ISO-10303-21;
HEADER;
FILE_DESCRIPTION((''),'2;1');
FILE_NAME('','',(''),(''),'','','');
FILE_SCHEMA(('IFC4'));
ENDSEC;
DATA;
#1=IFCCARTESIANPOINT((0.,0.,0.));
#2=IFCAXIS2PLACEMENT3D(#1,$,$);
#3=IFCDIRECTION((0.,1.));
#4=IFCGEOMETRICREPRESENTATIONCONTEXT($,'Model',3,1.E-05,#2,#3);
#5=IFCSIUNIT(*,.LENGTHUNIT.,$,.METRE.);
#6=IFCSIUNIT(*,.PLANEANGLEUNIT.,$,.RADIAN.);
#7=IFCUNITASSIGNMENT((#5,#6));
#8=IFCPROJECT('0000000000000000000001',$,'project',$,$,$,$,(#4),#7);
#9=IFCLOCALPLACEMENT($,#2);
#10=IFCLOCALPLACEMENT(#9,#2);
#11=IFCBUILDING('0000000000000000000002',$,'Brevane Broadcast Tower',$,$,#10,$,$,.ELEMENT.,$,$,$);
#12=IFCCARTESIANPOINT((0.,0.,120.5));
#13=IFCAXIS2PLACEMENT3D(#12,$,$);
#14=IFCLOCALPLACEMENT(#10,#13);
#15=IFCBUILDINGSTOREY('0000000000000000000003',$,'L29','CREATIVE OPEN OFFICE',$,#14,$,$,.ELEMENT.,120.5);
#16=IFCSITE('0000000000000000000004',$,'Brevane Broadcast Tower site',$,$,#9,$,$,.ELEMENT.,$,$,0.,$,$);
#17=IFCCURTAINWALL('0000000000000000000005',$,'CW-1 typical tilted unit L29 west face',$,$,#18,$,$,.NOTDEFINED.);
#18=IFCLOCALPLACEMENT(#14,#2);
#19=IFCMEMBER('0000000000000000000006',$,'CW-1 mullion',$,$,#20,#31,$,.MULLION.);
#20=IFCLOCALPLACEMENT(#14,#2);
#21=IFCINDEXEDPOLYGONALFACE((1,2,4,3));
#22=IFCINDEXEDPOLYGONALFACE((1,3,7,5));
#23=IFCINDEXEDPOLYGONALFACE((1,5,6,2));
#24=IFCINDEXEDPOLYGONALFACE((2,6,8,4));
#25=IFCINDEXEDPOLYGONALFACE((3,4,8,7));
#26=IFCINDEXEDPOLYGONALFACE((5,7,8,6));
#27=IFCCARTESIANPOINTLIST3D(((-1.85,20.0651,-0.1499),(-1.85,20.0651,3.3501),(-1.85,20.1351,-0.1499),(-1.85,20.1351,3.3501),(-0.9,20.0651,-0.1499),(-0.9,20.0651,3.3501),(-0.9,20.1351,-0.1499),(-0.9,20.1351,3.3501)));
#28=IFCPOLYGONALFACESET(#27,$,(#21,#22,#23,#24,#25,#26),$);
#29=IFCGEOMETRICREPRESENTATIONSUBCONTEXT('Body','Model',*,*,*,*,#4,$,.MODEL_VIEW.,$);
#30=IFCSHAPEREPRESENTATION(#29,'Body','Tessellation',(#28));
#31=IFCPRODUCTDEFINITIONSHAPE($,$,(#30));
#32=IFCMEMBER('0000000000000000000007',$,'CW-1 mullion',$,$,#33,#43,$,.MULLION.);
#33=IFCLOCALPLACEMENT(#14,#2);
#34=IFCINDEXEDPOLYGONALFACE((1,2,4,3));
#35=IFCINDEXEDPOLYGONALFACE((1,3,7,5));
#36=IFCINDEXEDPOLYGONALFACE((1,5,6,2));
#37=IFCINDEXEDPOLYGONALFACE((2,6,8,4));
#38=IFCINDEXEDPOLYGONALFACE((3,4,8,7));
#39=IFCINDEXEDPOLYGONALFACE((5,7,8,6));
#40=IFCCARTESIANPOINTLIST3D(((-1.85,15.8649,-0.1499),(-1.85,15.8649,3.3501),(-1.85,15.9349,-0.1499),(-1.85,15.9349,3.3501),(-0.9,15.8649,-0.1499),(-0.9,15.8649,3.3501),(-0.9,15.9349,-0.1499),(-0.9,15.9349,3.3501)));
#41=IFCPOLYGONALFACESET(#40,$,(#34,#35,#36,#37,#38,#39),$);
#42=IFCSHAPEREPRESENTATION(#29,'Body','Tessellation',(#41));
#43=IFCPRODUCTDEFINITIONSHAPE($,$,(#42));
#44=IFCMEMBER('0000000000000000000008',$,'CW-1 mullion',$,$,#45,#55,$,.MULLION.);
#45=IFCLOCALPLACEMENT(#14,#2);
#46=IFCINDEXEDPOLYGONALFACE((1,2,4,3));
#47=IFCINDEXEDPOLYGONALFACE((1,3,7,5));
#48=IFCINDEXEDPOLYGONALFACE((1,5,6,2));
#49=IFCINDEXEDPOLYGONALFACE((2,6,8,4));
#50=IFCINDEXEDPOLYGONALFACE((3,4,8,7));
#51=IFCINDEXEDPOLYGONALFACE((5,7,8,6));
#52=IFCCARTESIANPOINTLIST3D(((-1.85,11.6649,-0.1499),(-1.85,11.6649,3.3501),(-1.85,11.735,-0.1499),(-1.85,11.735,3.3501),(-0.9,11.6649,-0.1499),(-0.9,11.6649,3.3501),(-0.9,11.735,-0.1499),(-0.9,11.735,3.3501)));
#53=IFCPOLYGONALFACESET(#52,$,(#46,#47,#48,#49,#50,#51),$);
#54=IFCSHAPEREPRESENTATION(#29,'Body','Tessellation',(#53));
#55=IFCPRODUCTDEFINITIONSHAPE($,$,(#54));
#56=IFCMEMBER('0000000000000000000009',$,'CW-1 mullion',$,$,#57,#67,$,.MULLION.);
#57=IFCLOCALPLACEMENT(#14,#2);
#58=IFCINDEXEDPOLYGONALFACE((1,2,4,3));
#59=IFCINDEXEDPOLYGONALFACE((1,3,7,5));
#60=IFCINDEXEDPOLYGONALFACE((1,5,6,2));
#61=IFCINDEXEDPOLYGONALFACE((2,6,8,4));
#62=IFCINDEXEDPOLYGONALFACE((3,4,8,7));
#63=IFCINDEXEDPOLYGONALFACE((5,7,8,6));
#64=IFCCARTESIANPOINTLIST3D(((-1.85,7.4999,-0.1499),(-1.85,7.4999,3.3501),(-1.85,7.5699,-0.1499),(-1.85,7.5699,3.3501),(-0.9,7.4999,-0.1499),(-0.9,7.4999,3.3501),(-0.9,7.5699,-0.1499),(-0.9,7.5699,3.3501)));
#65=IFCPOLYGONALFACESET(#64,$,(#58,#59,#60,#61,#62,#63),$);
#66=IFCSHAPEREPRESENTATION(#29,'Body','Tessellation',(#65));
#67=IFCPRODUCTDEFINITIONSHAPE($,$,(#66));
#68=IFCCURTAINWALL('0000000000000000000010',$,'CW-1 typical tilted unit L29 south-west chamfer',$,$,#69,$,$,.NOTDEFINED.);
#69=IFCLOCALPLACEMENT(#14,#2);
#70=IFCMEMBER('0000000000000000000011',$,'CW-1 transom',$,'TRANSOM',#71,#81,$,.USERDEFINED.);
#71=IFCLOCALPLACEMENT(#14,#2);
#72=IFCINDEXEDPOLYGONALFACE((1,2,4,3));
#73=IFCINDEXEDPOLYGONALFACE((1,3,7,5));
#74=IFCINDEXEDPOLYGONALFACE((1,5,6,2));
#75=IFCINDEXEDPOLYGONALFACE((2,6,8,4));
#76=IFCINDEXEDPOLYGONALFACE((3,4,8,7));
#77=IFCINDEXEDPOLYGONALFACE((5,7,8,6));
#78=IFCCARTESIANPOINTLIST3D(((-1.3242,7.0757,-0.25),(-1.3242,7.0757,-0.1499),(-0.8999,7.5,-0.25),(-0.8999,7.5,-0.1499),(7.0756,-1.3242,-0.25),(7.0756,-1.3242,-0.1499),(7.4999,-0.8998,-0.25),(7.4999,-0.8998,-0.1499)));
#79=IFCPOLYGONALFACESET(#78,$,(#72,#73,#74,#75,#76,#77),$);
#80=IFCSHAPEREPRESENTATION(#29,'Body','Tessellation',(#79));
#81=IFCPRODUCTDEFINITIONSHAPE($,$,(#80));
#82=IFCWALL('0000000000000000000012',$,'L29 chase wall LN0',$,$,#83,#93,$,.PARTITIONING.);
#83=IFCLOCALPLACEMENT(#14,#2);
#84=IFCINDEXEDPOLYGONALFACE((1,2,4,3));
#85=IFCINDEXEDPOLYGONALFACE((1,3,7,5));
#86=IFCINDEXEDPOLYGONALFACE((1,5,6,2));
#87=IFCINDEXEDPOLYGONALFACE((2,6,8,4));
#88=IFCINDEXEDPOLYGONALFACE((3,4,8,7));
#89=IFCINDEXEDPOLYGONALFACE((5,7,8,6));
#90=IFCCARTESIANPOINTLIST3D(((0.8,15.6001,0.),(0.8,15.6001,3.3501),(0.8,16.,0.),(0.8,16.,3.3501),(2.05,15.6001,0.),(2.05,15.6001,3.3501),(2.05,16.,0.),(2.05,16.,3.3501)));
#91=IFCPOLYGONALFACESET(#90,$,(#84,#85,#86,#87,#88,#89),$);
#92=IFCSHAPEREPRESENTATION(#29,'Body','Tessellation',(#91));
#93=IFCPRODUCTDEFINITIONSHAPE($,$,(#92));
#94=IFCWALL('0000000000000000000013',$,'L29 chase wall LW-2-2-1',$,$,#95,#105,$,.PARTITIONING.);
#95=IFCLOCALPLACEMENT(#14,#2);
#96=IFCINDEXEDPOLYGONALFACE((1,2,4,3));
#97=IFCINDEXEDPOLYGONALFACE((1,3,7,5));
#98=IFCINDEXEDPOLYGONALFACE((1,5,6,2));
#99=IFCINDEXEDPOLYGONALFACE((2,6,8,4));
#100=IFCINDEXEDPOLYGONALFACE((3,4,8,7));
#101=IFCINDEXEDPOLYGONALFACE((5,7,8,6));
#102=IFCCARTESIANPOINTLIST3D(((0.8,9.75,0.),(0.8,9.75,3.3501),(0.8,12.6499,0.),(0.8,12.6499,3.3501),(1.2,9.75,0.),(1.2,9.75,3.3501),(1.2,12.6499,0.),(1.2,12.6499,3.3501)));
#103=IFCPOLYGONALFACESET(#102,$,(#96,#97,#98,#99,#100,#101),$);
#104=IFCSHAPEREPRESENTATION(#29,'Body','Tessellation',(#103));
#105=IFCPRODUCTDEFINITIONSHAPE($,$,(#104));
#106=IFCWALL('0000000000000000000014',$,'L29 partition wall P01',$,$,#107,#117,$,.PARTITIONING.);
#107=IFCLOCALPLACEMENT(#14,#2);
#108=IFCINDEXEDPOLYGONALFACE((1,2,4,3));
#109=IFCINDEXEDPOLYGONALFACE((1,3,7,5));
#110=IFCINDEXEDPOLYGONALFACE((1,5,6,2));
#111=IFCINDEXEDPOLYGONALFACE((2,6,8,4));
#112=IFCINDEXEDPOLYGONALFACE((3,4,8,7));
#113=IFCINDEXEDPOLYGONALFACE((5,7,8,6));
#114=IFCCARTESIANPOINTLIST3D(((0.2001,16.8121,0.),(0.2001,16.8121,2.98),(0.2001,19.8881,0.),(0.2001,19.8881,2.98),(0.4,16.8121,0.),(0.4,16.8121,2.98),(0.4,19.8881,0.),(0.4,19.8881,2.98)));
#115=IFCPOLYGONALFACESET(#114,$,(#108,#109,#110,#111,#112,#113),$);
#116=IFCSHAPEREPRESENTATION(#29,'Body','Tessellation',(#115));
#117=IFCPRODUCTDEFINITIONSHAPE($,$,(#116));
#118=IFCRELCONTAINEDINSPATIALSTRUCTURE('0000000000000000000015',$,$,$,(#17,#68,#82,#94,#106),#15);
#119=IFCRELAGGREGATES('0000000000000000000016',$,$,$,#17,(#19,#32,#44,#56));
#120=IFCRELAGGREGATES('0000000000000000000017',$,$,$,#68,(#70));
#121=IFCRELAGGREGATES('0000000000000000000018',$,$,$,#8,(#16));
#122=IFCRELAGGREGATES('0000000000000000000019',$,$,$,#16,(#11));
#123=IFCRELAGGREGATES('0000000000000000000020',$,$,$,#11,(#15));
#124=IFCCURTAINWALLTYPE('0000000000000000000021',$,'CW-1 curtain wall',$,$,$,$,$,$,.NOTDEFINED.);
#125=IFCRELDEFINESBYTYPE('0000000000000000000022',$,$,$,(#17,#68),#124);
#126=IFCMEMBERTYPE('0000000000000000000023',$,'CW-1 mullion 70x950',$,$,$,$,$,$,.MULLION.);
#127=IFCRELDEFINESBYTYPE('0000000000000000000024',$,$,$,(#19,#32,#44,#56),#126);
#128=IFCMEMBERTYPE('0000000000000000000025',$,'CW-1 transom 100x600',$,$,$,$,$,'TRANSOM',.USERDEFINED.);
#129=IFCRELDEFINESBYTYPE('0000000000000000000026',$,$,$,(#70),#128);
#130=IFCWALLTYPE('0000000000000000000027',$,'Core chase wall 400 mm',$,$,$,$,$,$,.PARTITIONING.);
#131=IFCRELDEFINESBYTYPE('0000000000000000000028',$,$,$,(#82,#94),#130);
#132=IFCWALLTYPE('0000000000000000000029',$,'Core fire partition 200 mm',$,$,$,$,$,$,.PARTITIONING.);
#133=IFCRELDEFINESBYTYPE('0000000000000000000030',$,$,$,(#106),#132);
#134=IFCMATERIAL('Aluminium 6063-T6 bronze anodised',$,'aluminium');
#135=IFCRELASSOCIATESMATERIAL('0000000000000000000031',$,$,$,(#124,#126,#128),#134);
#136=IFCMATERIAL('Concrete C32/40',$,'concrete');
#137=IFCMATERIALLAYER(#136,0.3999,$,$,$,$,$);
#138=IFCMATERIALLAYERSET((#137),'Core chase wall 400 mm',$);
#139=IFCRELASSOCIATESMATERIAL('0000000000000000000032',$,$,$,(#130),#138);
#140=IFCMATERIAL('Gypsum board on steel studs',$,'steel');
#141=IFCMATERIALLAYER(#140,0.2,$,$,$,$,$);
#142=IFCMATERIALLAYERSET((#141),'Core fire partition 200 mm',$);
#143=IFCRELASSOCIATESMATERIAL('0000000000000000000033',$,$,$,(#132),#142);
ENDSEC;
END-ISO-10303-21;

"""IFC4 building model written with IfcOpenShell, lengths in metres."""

from ifc_helpers import new_model, si_unit, direction, frame, frame_2d, origin, origin_2d, place, context, subcontext, project, spatial, rectangle, extrude, material, layer, layer_set, material_profile, profile_set, type_object, element, aggregate, save


model = new_model("IFC4")

# Units and contexts
model_context = context("Model", 3, precision=1e-05, world=origin(), true_north=direction((0.0, 1.0)))
body_context = subcontext(model_context, "Body", "Model", "MODEL_VIEW")
ifc_project = project(units=[si_unit("LENGTHUNIT", "METRE"), si_unit("PLANEANGLEUNIT", "RADIAN")], contexts=[model_context])

# Site, building, storey
site_placement = place(None, origin())
site = spatial("IfcSite", under=ifc_project, at=site_placement, Name="Brevane Broadcast Tower site", CompositionType="ELEMENT", RefElevation=0.0)
building_placement = place(site_placement, origin())
building = spatial("IfcBuilding", under=site, at=building_placement, Name="Brevane Broadcast Tower", CompositionType="ELEMENT")
storey_placement = place(building_placement, frame((0.0, 0.0, 120.5)))
storey = spatial("IfcBuildingStorey", under=building, at=storey_placement, Name="L29", Description="CREATIVE OPEN OFFICE", CompositionType="ELEMENT", Elevation=120.5)

# Curtain wall, members
ifc_material_1 = material(Name="Aluminium 6063-T6 bronze anodised", Category="aluminium")
curtain_wall_type = type_object("IfcCurtainWallType", Name="CW-1 curtain wall", PredefinedType="NOTDEFINED", material=ifc_material_1)
curtain_wall_1_placement = place(storey_placement, origin())
curtain_wall_1 = element("IfcCurtainWall", 1, at=curtain_wall_1_placement, inside=storey, type_object=curtain_wall_type, Name="CW-1 typical tilted unit L29 west face", PredefinedType="NOTDEFINED")
ifc_material_profile_1 = material_profile(ifc_material_1, rectangle(XDim=0.95, YDim=0.0701, at=origin_2d()), Name="RECT 70x950")
ifc_profile_set_1 = profile_set([ifc_material_profile_1], Name="Aluminium 6063-T6 bronze anodised")
member_type_1 = type_object("IfcMemberType", Name="CW-1 mullion 70x950", PredefinedType="MULLION", material=ifc_profile_set_1)
member_1_placement = place(storey_placement, frame((-1.375, 20.1001, -0.1499), z_axis=(0.0, 0.0, 1.0), x_axis=(1.0, 0.0, 0.0)))
member_1 = element("IfcMember", 2, at=member_1_placement, type_object=member_type_1, Name="CW-1 mullion", PredefinedType="MULLION", context=body_context, shape_type="SweptSolid", body=[
    extrude(rectangle(XDim=0.95, YDim=0.0701, at=origin_2d()), origin(), (0.0, 0.0, 1.0), 3.5),
])
member_2_placement = place(storey_placement, frame((-1.375, 15.8999, -0.1499), z_axis=(0.0, 0.0, 1.0), x_axis=(1.0, 0.0, 0.0)))
member_2 = element("IfcMember", 3, at=member_2_placement, type_object=member_type_1, Name="CW-1 mullion", PredefinedType="MULLION", context=body_context, shape_type="SweptSolid", body=[
    extrude(rectangle(XDim=0.95, YDim=0.0701, at=origin_2d()), origin(), (0.0, 0.0, 1.0), 3.5),
])
member_3_placement = place(storey_placement, frame((-1.375, 11.7, -0.1499), z_axis=(0.0, 0.0, 1.0), x_axis=(1.0, 0.0, 0.0)))
member_3 = element("IfcMember", 4, at=member_3_placement, type_object=member_type_1, Name="CW-1 mullion", PredefinedType="MULLION", context=body_context, shape_type="SweptSolid", body=[
    extrude(rectangle(XDim=0.95, YDim=0.0701, at=origin_2d()), origin(), (0.0, 0.0, 1.0), 3.5),
])
member_4_placement = place(storey_placement, frame((-1.375, 7.5349, -0.1499), z_axis=(0.0, 0.0, 1.0), x_axis=(1.0, 0.0, 0.0)))
member_4 = element("IfcMember", 5, at=member_4_placement, type_object=member_type_1, Name="CW-1 mullion", PredefinedType="MULLION", context=body_context, shape_type="SweptSolid", body=[
    extrude(rectangle(XDim=0.95, YDim=0.0701, at=origin_2d()), origin(), (0.0, 0.0, 1.0), 3.5),
])
aggregate(curtain_wall_1, [member_1, member_2, member_3, member_4])

# Curtain wall, member
curtain_wall_2_placement = place(storey_placement, origin())
curtain_wall_2 = element("IfcCurtainWall", 6, at=curtain_wall_2_placement, inside=storey, type_object=curtain_wall_type, Name="CW-1 typical tilted unit L29 south-west chamfer", PredefinedType="NOTDEFINED")
ifc_material_profile_2 = material_profile(ifc_material_1, rectangle(XDim=0.6001, YDim=0.1001, at=origin_2d()), Name="RECT 100x600")
ifc_profile_set_2 = profile_set([ifc_material_profile_2], Name="Aluminium 6063-T6 bronze anodised")
member_type_2 = type_object("IfcMemberType", Name="CW-1 transom 100x600", ElementType="TRANSOM", PredefinedType="USERDEFINED", material=ifc_profile_set_2)
member_5_placement = place(storey_placement, frame((-1.1121, 7.2878, -0.2), z_axis=(0.707107, -0.707107, 0.0), x_axis=(0.707107, 0.707107, 0.0)))
member_5 = element("IfcMember", 7, at=member_5_placement, type_object=member_type_2, Name="CW-1 transom", ObjectType="TRANSOM", PredefinedType="USERDEFINED", context=body_context, shape_type="SweptSolid", body=[
    extrude(rectangle(XDim=0.6001, YDim=0.1001, at=origin_2d()), origin(), (0.0, 0.0, 1.0), 11.8792),
])
aggregate(curtain_wall_2, [member_5])

# Walls
ifc_material_2 = material(Name="Concrete C32/40", Category="concrete")
ifc_layer_1 = layer(ifc_material_2, 0.3999)
ifc_layer_set_1 = layer_set([ifc_layer_1], Name="Core chase wall 400 mm")
wall_type_1 = type_object("IfcWallType", Name="Core chase wall 400 mm", PredefinedType="PARTITIONING", material=ifc_layer_set_1)
wall_1_placement = place(storey_placement, frame((0.8, 15.8, 0.0), z_axis=(0.0, 0.0, 1.0), x_axis=(1.0, 0.0, 0.0)))
element("IfcWall", 8, at=wall_1_placement, inside=storey, type_object=wall_type_1, Name="L29 chase wall LN0", PredefinedType="PARTITIONING", context=body_context, shape_type="SweptSolid", body=[
    extrude(rectangle(XDim=1.25, YDim=0.3999, at=frame_2d((0.625, 0.0))), origin(), (0.0, 0.0, 1.0), 3.3501),
])
wall_2_placement = place(storey_placement, frame((1.0, 9.75, 0.0), z_axis=(0.0, 0.0, 1.0), x_axis=(0.0, 1.0, 0.0)))
element("IfcWall", 9, at=wall_2_placement, inside=storey, type_object=wall_type_1, Name="L29 chase wall LW-2-2-1", PredefinedType="PARTITIONING", context=body_context, shape_type="SweptSolid", body=[
    extrude(rectangle(XDim=2.8999, YDim=0.3999, at=frame_2d((1.45, 0.0))), origin(), (0.0, 0.0, 1.0), 3.3501),
])
ifc_material_3 = material(Name="Gypsum board on steel studs", Category="steel")
ifc_layer_2 = layer(ifc_material_3, 0.2)
ifc_layer_set_2 = layer_set([ifc_layer_2], Name="Core fire partition 200 mm")
wall_type_2 = type_object("IfcWallType", Name="Core fire partition 200 mm", PredefinedType="PARTITIONING", material=ifc_layer_set_2)
wall_3_placement = place(storey_placement, frame((0.3, 16.812, 0.0), z_axis=(0.0, 0.0, 1.0), x_axis=(0.0, 1.0, 0.0)))
element("IfcWall", 10, at=wall_3_placement, inside=storey, type_object=wall_type_2, Name="L29 partition wall P01", PredefinedType="PARTITIONING", context=body_context, shape_type="SweptSolid", body=[
    extrude(rectangle(XDim=3.0759, YDim=0.2, at=frame_2d((1.5381, 0.0))), origin(), (0.0, 0.0, 1.0), 2.98),
])

save(model, "model.ifc")
